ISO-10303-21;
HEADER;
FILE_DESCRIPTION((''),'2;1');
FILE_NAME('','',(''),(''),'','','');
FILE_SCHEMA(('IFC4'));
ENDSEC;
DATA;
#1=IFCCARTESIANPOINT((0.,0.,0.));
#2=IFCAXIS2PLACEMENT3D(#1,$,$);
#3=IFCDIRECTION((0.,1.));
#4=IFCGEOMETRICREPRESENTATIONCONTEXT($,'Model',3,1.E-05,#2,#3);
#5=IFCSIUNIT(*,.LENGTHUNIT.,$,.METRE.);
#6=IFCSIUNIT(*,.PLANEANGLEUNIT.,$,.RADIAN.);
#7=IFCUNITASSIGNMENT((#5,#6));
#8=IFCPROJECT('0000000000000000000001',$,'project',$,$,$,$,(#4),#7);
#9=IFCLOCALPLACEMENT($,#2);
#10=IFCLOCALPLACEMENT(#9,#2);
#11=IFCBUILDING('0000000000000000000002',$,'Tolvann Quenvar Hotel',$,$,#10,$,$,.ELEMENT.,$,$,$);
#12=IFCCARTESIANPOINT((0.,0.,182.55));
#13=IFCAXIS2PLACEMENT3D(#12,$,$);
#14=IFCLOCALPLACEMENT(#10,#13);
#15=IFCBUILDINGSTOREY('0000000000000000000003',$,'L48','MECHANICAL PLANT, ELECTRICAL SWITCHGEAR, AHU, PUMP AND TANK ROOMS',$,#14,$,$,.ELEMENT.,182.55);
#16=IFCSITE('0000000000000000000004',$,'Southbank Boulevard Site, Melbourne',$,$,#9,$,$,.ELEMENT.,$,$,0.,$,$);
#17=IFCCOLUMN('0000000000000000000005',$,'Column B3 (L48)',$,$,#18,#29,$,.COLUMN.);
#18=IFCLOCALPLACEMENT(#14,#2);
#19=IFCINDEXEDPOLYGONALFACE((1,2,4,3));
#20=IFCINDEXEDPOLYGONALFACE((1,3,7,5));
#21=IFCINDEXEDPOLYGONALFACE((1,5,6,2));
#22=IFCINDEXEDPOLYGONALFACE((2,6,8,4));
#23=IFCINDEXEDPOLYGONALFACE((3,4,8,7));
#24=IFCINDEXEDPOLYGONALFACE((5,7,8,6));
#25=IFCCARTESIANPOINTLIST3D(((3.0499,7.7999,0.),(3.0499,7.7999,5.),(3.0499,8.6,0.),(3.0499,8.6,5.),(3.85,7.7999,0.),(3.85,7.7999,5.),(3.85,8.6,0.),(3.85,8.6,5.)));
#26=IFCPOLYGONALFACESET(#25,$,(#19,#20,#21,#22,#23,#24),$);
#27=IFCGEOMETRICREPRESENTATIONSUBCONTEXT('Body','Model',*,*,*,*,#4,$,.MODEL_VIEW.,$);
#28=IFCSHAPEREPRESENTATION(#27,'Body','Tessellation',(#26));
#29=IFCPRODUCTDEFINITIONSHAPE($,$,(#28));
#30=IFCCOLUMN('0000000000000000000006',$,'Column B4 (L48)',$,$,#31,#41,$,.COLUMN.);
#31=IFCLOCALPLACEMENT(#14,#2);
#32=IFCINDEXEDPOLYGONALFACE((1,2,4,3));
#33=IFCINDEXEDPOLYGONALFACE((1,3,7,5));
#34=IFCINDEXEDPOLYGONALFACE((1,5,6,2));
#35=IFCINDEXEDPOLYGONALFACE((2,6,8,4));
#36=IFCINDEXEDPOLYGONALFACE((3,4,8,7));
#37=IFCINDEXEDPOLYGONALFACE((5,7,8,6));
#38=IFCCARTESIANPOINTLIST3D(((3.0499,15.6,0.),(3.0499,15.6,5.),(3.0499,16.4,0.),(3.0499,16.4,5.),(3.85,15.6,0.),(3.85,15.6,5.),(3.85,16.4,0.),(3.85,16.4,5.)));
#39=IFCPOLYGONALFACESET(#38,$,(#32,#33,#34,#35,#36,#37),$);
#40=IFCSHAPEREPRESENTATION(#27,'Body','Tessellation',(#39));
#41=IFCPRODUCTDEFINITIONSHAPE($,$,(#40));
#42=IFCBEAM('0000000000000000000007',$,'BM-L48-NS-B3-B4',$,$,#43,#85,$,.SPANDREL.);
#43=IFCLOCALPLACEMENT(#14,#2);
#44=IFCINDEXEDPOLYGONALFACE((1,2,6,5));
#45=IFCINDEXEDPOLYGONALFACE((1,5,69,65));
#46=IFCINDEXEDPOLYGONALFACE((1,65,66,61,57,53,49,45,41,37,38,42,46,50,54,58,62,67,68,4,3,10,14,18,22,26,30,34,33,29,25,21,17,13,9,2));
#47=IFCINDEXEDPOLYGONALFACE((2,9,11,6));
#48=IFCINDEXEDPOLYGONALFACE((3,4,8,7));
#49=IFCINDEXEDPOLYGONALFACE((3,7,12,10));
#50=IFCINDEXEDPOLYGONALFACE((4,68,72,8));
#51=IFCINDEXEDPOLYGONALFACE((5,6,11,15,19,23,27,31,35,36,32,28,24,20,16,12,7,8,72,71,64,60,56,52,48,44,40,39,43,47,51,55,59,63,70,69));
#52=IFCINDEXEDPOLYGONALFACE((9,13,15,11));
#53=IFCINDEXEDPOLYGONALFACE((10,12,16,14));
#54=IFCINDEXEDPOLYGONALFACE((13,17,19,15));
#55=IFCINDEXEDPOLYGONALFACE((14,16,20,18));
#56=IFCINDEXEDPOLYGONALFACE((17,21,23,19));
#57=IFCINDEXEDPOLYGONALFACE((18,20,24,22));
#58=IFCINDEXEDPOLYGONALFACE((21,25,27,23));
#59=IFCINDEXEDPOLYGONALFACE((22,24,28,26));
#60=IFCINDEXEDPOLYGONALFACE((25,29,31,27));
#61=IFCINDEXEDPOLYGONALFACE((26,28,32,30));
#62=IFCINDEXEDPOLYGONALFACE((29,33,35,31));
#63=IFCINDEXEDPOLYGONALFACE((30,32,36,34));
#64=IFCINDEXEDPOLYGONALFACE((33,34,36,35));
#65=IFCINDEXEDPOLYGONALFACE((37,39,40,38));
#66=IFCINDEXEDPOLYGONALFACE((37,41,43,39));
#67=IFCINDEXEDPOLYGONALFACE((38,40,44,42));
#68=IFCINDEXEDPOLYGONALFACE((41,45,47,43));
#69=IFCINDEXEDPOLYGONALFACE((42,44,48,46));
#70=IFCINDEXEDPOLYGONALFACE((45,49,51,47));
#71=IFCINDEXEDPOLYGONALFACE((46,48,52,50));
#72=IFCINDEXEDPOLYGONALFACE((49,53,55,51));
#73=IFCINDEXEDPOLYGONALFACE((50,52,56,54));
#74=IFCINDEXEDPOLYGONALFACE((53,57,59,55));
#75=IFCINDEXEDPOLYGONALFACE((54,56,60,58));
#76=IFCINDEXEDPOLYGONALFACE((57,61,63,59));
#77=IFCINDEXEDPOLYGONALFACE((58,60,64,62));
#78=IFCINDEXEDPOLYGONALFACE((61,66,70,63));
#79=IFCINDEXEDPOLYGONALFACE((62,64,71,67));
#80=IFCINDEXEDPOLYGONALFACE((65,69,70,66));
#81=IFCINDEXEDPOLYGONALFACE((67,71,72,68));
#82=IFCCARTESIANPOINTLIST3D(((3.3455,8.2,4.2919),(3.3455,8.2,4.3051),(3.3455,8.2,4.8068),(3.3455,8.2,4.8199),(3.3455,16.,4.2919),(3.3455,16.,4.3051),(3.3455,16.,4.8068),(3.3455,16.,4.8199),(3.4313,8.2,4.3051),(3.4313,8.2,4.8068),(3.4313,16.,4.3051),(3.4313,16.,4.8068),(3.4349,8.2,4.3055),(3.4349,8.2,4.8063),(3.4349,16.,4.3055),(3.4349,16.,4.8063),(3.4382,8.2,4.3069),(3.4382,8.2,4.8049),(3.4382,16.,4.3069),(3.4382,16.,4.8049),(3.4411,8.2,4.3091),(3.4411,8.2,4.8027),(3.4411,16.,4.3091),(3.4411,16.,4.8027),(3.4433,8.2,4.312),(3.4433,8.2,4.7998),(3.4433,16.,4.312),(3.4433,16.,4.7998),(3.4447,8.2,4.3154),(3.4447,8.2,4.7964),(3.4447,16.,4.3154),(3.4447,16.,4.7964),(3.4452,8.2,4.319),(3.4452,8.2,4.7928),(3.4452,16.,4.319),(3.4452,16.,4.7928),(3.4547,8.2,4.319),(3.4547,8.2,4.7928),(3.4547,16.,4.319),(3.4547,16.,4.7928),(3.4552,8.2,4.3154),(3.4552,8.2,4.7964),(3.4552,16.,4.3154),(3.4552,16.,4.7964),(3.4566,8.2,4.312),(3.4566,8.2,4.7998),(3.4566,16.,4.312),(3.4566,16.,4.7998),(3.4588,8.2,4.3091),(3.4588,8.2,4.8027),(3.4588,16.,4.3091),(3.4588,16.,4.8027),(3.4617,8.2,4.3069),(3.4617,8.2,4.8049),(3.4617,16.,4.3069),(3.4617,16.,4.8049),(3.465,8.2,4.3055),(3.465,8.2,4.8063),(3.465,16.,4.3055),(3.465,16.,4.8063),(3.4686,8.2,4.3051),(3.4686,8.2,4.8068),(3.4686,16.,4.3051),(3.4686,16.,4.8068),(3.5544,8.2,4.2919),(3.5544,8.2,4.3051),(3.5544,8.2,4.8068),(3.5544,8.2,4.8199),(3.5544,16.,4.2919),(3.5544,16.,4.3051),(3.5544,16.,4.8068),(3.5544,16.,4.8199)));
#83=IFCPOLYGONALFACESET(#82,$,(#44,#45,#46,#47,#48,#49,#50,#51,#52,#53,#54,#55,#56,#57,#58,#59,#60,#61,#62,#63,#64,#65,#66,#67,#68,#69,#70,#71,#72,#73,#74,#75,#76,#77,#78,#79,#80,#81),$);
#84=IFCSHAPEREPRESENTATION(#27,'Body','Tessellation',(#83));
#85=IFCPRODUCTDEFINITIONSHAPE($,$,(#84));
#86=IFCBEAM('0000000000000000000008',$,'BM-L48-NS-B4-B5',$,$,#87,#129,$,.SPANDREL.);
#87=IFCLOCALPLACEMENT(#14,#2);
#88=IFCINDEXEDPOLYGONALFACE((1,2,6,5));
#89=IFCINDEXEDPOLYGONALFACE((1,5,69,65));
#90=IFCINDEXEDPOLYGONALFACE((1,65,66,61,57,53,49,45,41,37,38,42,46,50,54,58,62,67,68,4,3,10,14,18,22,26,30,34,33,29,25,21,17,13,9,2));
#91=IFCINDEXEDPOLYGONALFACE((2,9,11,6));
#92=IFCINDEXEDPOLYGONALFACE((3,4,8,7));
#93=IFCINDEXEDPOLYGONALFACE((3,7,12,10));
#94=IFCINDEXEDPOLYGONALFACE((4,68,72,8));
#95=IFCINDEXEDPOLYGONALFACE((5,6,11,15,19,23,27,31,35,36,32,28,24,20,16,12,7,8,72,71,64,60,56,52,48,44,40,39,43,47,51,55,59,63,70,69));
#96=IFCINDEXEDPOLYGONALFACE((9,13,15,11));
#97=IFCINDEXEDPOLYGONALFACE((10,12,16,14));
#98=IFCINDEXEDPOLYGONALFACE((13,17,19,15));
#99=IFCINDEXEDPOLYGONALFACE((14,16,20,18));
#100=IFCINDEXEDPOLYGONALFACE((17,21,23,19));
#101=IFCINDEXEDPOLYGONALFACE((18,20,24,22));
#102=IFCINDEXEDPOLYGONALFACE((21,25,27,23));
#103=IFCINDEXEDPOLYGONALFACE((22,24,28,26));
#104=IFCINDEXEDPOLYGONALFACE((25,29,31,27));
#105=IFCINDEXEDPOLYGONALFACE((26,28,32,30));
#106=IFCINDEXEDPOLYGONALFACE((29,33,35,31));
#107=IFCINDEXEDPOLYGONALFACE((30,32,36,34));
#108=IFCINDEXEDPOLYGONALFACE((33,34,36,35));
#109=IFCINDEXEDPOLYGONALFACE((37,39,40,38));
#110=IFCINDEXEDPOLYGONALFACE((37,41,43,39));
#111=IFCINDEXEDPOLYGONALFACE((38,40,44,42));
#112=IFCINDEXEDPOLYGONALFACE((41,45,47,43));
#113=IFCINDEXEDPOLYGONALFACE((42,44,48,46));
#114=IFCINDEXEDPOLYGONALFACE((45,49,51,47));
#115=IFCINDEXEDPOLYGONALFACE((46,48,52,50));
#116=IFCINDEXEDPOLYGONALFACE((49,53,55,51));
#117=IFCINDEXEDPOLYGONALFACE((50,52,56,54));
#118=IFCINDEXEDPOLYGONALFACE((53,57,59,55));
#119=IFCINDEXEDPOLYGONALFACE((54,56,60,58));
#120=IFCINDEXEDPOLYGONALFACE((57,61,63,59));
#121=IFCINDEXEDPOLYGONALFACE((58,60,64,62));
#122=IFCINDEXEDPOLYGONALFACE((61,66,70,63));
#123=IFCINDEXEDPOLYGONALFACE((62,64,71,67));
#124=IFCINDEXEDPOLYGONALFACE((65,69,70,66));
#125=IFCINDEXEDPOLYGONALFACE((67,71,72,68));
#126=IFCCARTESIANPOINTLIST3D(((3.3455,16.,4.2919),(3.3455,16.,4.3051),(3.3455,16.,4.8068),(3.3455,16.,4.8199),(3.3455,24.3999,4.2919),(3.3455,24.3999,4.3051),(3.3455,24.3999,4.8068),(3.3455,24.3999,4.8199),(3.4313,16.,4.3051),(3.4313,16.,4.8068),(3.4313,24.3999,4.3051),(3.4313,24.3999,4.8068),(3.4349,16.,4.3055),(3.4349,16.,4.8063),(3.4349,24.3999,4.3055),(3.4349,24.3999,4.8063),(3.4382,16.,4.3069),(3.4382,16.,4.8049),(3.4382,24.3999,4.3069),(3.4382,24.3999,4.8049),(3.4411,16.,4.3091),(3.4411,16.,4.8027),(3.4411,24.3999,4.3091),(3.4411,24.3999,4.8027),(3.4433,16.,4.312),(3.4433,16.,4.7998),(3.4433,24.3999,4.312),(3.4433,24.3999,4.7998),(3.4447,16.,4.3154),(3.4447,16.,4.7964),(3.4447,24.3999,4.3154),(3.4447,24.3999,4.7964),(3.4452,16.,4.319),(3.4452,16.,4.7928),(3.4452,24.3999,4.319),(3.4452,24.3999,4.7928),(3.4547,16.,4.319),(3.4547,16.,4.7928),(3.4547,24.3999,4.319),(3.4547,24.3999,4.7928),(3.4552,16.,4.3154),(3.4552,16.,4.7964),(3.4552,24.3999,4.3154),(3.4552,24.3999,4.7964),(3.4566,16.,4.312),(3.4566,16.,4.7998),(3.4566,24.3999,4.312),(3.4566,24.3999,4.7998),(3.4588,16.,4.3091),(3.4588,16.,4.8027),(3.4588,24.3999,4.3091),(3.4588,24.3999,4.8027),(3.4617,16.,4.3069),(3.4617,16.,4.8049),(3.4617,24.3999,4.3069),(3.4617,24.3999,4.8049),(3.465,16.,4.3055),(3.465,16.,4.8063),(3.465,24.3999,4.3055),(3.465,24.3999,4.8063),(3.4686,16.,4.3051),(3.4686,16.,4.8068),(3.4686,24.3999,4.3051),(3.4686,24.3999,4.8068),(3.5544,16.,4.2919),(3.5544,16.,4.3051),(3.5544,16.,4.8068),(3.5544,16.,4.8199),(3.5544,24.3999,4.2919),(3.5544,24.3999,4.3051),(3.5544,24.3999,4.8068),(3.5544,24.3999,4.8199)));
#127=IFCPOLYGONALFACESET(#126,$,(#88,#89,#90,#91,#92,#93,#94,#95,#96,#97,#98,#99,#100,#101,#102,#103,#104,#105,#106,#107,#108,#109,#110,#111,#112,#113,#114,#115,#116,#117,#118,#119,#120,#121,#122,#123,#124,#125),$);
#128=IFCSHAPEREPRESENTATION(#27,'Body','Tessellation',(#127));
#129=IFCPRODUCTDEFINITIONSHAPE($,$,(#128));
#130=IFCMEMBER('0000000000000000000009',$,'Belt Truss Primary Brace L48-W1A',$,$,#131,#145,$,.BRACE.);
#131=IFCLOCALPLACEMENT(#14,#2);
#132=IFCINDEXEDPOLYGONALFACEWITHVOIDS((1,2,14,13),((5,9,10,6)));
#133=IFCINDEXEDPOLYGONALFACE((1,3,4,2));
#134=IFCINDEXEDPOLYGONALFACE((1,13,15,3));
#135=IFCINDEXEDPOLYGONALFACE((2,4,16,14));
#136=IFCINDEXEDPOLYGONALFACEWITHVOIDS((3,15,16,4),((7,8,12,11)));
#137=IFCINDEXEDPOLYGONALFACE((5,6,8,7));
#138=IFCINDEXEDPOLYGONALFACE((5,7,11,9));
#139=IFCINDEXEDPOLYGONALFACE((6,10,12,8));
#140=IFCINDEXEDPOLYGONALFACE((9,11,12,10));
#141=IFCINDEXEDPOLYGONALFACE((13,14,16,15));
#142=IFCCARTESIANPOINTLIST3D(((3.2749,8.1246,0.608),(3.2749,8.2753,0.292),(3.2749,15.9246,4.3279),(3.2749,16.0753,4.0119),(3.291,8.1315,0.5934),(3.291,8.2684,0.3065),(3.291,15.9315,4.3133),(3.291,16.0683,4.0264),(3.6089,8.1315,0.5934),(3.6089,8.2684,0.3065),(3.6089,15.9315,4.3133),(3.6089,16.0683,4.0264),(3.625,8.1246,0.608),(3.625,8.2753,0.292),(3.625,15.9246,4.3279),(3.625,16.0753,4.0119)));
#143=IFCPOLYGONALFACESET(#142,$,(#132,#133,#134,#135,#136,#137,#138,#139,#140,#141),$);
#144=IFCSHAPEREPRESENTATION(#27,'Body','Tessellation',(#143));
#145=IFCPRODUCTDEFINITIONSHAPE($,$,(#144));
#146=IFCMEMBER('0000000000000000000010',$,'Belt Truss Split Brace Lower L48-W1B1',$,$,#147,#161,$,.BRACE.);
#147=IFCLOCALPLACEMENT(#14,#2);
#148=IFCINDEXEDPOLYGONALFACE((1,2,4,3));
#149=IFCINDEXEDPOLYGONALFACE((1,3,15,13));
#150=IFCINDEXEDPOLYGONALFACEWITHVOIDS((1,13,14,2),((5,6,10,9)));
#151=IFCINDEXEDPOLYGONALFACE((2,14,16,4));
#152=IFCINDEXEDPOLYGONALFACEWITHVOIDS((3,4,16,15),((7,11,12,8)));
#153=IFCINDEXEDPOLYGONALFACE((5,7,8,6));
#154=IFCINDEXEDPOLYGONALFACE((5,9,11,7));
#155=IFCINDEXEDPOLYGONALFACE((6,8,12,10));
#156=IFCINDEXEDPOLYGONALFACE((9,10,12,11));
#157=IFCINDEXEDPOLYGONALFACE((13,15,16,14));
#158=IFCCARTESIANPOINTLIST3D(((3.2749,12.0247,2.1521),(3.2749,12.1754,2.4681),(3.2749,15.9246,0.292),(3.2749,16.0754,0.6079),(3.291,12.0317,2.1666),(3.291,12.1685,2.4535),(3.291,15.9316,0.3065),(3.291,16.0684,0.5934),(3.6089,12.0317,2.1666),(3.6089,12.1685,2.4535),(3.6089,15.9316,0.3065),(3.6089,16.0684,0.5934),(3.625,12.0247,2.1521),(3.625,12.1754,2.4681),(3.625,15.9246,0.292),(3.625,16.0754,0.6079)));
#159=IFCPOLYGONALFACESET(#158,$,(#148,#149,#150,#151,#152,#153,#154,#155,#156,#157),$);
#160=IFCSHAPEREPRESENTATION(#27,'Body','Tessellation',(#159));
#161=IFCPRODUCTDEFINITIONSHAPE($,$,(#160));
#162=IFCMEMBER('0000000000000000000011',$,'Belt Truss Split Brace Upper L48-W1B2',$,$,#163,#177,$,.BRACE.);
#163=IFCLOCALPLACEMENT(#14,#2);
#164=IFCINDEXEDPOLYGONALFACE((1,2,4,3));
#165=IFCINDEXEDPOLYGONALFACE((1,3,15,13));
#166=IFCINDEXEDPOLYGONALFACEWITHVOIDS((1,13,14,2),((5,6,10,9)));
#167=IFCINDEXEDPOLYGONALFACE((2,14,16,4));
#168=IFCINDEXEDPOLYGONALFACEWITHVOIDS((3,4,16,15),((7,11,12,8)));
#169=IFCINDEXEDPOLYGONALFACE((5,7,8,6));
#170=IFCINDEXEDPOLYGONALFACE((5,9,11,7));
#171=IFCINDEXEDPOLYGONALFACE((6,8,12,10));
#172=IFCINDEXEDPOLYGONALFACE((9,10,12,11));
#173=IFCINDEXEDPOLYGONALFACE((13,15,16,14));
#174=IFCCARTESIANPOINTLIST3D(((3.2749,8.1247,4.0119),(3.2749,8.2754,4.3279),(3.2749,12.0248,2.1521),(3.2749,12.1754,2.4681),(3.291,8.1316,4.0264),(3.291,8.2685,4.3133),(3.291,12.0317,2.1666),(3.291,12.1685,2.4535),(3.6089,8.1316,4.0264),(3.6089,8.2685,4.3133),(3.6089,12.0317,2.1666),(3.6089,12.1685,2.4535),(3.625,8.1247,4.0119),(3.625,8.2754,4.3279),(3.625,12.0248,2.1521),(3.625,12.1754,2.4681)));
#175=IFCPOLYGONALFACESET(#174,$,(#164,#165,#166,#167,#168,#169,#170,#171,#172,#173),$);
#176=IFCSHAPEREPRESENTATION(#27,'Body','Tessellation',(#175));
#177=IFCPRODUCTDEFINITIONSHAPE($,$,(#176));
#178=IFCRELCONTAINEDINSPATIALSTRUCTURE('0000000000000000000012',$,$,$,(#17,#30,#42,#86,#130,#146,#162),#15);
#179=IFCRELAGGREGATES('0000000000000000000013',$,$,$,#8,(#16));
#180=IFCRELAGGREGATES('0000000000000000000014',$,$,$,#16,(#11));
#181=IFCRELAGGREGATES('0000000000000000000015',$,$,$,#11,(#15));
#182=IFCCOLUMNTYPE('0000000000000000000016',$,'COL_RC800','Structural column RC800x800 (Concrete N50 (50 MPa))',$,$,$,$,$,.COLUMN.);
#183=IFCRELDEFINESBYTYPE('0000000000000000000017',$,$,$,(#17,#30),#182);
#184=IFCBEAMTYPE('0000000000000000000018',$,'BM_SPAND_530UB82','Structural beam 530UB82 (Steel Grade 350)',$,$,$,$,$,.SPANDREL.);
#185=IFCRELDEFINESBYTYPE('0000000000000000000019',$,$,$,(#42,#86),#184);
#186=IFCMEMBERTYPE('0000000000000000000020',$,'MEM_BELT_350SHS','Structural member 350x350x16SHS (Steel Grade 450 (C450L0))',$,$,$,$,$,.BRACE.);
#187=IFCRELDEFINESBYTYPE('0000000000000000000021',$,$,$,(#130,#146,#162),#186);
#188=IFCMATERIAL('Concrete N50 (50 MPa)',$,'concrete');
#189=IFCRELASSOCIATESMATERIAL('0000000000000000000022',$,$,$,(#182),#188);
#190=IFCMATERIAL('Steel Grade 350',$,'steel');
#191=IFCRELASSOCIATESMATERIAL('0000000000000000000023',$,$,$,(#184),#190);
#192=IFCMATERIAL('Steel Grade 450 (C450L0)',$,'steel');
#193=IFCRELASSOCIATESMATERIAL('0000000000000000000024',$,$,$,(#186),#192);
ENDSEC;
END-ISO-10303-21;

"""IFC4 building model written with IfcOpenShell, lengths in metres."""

from ifc_helpers import new_model, si_unit, direction, frame, origin, origin_2d, place, context, subcontext, project, spatial, rectangle, hollow_rectangle, i_section, extrude, source, transform, mapped, material, material_profile, profile_set, type_object, type_shapes, element, save


model = new_model("IFC4")

# Units and contexts
model_context = context("Model", 3, precision=1e-05, world=origin(), true_north=direction((0.0, 1.0)))
body_context = subcontext(model_context, "Body", "Model", "MODEL_VIEW")
ifc_project = project(units=[si_unit("LENGTHUNIT", "METRE"), si_unit("PLANEANGLEUNIT", "RADIAN")], contexts=[model_context])

# Site, building, storey
site_placement = place(None, origin())
site = spatial("IfcSite", under=ifc_project, at=site_placement, Name="Southbank Boulevard Site, Melbourne", CompositionType="ELEMENT", RefElevation=0.0)
building_placement = place(site_placement, origin())
building = spatial("IfcBuilding", under=site, at=building_placement, Name="Tolvann Quenvar Hotel", CompositionType="ELEMENT")
storey_placement = place(building_placement, frame((0.0, 0.0, 182.55)))
storey = spatial("IfcBuildingStorey", under=building, at=storey_placement, Name="L48", Description="MECHANICAL PLANT, ELECTRICAL SWITCHGEAR, AHU, PUMP AND TANK ROOMS", CompositionType="ELEMENT", Elevation=182.55)

# Columns
ifc_material_1 = material(Name="Concrete N50 (50 MPa)", Category="concrete")
ifc_material_profile_1 = material_profile(ifc_material_1, rectangle(XDim=0.8, YDim=0.8, at=origin_2d()), Name="RC800x800")
ifc_profile_set_1 = profile_set([ifc_material_profile_1], Name="Concrete N50 (50 MPa)")
column_type = type_object("IfcColumnType", Name="COL_RC800", Description="Structural column RC800x800 (Concrete N50 (50 MPa))", PredefinedType="COLUMN", material=ifc_profile_set_1)
shared_shape_1 = source(origin(), body_context, "Body", "SweptSolid", [
    extrude(rectangle(XDim=0.8, YDim=0.8, at=origin_2d()), origin(), (0.0, 0.0, 1.0), 5.0),
])
type_shapes(column_type, [shared_shape_1])
for number, where, z_axis, x_axis, name in (
    (1, (3.45, 8.2, 0.0), (0.0, 0.0, 1.0), (1.0, 0.0, 0.0), "Column B3 (L48)"),
    (2, (3.45, 16.0, 0.0), (0.0, 0.0, 1.0), (1.0, 0.0, 0.0), "Column B4 (L48)"),
):
    element("IfcColumn", number, at=place(storey_placement, frame(where, z_axis=z_axis, x_axis=x_axis)), inside=storey, type_object=column_type, Name=name, PredefinedType="COLUMN", context=body_context, shape_type="MappedRepresentation", body=[
        mapped(shared_shape_1, transform((0.0, 0.0, 0.0), x_axis=(1.0, 0.0, 0.0), y_axis=(0.0, 1.0, 0.0), z_axis=(0.0, 0.0, 1.0), scale=1.0)),
    ])

# Beams
ifc_material_2 = material(Name="Steel Grade 350", Category="steel")
ifc_material_profile_2 = material_profile(ifc_material_2, i_section(OverallWidth=0.209, OverallDepth=0.5281, WebThickness=0.0095, FlangeThickness=0.0132, FilletRadius=0.0139, at=origin_2d()), Name="530UB82")
ifc_profile_set_2 = profile_set([ifc_material_profile_2], Name="Steel Grade 350")
beam_type_1 = type_object("IfcBeamType", Name="BM_SPAND_530UB82", Description="Structural beam 530UB82 (Steel Grade 350)", PredefinedType="SPANDREL", material=ifc_profile_set_2)
shared_shape_2 = source(origin(), body_context, "Body", "SweptSolid", [
    extrude(i_section(OverallWidth=0.209, OverallDepth=0.5281, WebThickness=0.0095, FlangeThickness=0.0132, FilletRadius=0.0139, at=origin_2d()), origin(), (0.0, 0.0, 1.0), 7.8),
])
beam_1_placement = place(storey_placement, frame((3.45, 8.2, 4.5559), z_axis=(0.0, 1.0, 0.0), x_axis=(-1.0, 0.0, 0.0)))
element("IfcBeam", 3, at=beam_1_placement, inside=storey, type_object=beam_type_1, Name="BM-L48-NS-B3-B4", PredefinedType="SPANDREL", context=body_context, shape_type="MappedRepresentation", body=[
    mapped(shared_shape_2, transform((0.0, 0.0, 0.0), x_axis=(1.0, 0.0, 0.0), y_axis=(0.0, 1.0, 0.0), z_axis=(0.0, 0.0, 1.0), scale=1.0)),
])
shared_shape_3 = source(origin(), body_context, "Body", "SweptSolid", [
    extrude(i_section(OverallWidth=0.209, OverallDepth=0.5281, WebThickness=0.0095, FlangeThickness=0.0132, FilletRadius=0.0139, at=origin_2d()), origin(), (0.0, 0.0, 1.0), 8.3999),
])
type_shapes(beam_type_1, [shared_shape_2, shared_shape_3])
beam_2_placement = place(storey_placement, frame((3.45, 16.0, 4.5559), z_axis=(0.0, 1.0, 0.0), x_axis=(-1.0, 0.0, 0.0)))
element("IfcBeam", 4, at=beam_2_placement, inside=storey, type_object=beam_type_1, Name="BM-L48-NS-B4-B5", PredefinedType="SPANDREL", context=body_context, shape_type="MappedRepresentation", body=[
    mapped(shared_shape_3, transform((0.0, 0.0, 0.0), x_axis=(1.0, 0.0, 0.0), y_axis=(0.0, 1.0, 0.0), z_axis=(0.0, 0.0, 1.0), scale=1.0)),
])

# Members
ifc_material_3 = material(Name="Steel Grade 450 (C450L0)", Category="steel")
ifc_material_profile_3 = material_profile(ifc_material_3, hollow_rectangle(XDim=0.3501, YDim=0.3501, WallThickness=0.0161, at=origin_2d()), Name="350x350x16SHS")
ifc_profile_set_3 = profile_set([ifc_material_profile_3], Name="Steel Grade 450 (C450L0)")
member_type = type_object("IfcMemberType", Name="MEM_BELT_350SHS", Description="Structural member 350x350x16SHS (Steel Grade 450 (C450L0))", PredefinedType="BRACE", material=ifc_profile_set_3)
shared_shape_4 = source(origin(), body_context, "Body", "SweptSolid", [
    extrude(hollow_rectangle(XDim=0.3501, YDim=0.3501, WallThickness=0.0161, at=origin_2d()), origin(), (0.0, 0.0, 1.0), 8.6416),
])
member_1_placement = place(storey_placement, frame((3.45, 8.2, 0.45), z_axis=(0.0, 0.902606, 0.430468), x_axis=(-1.0, 0.0, 0.0)))
element("IfcMember", 5, at=member_1_placement, inside=storey, type_object=member_type, Name="Belt Truss Primary Brace L48-W1A", PredefinedType="BRACE", context=body_context, shape_type="MappedRepresentation", body=[
    mapped(shared_shape_4, transform((0.0, 0.0, 0.0), x_axis=(1.0, 0.0, 0.0), y_axis=(0.0, 1.0, 0.0), z_axis=(0.0, 0.0, 1.0), scale=1.0)),
])
shared_shape_5 = source(origin(), body_context, "Body", "SweptSolid", [
    extrude(hollow_rectangle(XDim=0.3501, YDim=0.3501, WallThickness=0.0161, at=origin_2d()), origin(), (0.0, 0.0, 1.0), 4.3208),
])
for number, where, z_axis, x_axis, name in (
    (6, (3.45, 16.0, 0.45), (0.0, -0.90259, 0.430502), (1.0, 0.0, 0.0), "Belt Truss Split Brace Lower L48-W1B1"),
    (7, (3.45, 12.1001, 2.3101), (0.0, -0.902622, 0.430434), (1.0, 0.0, 0.0), "Belt Truss Split Brace Upper L48-W1B2"),
):
    element("IfcMember", number, at=place(storey_placement, frame(where, z_axis=z_axis, x_axis=x_axis)), inside=storey, type_object=member_type, Name=name, PredefinedType="BRACE", context=body_context, shape_type="MappedRepresentation", body=[
        mapped(shared_shape_5, transform((0.0, 0.0, 0.0), x_axis=(1.0, 0.0, 0.0), y_axis=(0.0, 1.0, 0.0), z_axis=(0.0, 0.0, 1.0), scale=1.0)),
    ])

save(model, "model.ifc")
